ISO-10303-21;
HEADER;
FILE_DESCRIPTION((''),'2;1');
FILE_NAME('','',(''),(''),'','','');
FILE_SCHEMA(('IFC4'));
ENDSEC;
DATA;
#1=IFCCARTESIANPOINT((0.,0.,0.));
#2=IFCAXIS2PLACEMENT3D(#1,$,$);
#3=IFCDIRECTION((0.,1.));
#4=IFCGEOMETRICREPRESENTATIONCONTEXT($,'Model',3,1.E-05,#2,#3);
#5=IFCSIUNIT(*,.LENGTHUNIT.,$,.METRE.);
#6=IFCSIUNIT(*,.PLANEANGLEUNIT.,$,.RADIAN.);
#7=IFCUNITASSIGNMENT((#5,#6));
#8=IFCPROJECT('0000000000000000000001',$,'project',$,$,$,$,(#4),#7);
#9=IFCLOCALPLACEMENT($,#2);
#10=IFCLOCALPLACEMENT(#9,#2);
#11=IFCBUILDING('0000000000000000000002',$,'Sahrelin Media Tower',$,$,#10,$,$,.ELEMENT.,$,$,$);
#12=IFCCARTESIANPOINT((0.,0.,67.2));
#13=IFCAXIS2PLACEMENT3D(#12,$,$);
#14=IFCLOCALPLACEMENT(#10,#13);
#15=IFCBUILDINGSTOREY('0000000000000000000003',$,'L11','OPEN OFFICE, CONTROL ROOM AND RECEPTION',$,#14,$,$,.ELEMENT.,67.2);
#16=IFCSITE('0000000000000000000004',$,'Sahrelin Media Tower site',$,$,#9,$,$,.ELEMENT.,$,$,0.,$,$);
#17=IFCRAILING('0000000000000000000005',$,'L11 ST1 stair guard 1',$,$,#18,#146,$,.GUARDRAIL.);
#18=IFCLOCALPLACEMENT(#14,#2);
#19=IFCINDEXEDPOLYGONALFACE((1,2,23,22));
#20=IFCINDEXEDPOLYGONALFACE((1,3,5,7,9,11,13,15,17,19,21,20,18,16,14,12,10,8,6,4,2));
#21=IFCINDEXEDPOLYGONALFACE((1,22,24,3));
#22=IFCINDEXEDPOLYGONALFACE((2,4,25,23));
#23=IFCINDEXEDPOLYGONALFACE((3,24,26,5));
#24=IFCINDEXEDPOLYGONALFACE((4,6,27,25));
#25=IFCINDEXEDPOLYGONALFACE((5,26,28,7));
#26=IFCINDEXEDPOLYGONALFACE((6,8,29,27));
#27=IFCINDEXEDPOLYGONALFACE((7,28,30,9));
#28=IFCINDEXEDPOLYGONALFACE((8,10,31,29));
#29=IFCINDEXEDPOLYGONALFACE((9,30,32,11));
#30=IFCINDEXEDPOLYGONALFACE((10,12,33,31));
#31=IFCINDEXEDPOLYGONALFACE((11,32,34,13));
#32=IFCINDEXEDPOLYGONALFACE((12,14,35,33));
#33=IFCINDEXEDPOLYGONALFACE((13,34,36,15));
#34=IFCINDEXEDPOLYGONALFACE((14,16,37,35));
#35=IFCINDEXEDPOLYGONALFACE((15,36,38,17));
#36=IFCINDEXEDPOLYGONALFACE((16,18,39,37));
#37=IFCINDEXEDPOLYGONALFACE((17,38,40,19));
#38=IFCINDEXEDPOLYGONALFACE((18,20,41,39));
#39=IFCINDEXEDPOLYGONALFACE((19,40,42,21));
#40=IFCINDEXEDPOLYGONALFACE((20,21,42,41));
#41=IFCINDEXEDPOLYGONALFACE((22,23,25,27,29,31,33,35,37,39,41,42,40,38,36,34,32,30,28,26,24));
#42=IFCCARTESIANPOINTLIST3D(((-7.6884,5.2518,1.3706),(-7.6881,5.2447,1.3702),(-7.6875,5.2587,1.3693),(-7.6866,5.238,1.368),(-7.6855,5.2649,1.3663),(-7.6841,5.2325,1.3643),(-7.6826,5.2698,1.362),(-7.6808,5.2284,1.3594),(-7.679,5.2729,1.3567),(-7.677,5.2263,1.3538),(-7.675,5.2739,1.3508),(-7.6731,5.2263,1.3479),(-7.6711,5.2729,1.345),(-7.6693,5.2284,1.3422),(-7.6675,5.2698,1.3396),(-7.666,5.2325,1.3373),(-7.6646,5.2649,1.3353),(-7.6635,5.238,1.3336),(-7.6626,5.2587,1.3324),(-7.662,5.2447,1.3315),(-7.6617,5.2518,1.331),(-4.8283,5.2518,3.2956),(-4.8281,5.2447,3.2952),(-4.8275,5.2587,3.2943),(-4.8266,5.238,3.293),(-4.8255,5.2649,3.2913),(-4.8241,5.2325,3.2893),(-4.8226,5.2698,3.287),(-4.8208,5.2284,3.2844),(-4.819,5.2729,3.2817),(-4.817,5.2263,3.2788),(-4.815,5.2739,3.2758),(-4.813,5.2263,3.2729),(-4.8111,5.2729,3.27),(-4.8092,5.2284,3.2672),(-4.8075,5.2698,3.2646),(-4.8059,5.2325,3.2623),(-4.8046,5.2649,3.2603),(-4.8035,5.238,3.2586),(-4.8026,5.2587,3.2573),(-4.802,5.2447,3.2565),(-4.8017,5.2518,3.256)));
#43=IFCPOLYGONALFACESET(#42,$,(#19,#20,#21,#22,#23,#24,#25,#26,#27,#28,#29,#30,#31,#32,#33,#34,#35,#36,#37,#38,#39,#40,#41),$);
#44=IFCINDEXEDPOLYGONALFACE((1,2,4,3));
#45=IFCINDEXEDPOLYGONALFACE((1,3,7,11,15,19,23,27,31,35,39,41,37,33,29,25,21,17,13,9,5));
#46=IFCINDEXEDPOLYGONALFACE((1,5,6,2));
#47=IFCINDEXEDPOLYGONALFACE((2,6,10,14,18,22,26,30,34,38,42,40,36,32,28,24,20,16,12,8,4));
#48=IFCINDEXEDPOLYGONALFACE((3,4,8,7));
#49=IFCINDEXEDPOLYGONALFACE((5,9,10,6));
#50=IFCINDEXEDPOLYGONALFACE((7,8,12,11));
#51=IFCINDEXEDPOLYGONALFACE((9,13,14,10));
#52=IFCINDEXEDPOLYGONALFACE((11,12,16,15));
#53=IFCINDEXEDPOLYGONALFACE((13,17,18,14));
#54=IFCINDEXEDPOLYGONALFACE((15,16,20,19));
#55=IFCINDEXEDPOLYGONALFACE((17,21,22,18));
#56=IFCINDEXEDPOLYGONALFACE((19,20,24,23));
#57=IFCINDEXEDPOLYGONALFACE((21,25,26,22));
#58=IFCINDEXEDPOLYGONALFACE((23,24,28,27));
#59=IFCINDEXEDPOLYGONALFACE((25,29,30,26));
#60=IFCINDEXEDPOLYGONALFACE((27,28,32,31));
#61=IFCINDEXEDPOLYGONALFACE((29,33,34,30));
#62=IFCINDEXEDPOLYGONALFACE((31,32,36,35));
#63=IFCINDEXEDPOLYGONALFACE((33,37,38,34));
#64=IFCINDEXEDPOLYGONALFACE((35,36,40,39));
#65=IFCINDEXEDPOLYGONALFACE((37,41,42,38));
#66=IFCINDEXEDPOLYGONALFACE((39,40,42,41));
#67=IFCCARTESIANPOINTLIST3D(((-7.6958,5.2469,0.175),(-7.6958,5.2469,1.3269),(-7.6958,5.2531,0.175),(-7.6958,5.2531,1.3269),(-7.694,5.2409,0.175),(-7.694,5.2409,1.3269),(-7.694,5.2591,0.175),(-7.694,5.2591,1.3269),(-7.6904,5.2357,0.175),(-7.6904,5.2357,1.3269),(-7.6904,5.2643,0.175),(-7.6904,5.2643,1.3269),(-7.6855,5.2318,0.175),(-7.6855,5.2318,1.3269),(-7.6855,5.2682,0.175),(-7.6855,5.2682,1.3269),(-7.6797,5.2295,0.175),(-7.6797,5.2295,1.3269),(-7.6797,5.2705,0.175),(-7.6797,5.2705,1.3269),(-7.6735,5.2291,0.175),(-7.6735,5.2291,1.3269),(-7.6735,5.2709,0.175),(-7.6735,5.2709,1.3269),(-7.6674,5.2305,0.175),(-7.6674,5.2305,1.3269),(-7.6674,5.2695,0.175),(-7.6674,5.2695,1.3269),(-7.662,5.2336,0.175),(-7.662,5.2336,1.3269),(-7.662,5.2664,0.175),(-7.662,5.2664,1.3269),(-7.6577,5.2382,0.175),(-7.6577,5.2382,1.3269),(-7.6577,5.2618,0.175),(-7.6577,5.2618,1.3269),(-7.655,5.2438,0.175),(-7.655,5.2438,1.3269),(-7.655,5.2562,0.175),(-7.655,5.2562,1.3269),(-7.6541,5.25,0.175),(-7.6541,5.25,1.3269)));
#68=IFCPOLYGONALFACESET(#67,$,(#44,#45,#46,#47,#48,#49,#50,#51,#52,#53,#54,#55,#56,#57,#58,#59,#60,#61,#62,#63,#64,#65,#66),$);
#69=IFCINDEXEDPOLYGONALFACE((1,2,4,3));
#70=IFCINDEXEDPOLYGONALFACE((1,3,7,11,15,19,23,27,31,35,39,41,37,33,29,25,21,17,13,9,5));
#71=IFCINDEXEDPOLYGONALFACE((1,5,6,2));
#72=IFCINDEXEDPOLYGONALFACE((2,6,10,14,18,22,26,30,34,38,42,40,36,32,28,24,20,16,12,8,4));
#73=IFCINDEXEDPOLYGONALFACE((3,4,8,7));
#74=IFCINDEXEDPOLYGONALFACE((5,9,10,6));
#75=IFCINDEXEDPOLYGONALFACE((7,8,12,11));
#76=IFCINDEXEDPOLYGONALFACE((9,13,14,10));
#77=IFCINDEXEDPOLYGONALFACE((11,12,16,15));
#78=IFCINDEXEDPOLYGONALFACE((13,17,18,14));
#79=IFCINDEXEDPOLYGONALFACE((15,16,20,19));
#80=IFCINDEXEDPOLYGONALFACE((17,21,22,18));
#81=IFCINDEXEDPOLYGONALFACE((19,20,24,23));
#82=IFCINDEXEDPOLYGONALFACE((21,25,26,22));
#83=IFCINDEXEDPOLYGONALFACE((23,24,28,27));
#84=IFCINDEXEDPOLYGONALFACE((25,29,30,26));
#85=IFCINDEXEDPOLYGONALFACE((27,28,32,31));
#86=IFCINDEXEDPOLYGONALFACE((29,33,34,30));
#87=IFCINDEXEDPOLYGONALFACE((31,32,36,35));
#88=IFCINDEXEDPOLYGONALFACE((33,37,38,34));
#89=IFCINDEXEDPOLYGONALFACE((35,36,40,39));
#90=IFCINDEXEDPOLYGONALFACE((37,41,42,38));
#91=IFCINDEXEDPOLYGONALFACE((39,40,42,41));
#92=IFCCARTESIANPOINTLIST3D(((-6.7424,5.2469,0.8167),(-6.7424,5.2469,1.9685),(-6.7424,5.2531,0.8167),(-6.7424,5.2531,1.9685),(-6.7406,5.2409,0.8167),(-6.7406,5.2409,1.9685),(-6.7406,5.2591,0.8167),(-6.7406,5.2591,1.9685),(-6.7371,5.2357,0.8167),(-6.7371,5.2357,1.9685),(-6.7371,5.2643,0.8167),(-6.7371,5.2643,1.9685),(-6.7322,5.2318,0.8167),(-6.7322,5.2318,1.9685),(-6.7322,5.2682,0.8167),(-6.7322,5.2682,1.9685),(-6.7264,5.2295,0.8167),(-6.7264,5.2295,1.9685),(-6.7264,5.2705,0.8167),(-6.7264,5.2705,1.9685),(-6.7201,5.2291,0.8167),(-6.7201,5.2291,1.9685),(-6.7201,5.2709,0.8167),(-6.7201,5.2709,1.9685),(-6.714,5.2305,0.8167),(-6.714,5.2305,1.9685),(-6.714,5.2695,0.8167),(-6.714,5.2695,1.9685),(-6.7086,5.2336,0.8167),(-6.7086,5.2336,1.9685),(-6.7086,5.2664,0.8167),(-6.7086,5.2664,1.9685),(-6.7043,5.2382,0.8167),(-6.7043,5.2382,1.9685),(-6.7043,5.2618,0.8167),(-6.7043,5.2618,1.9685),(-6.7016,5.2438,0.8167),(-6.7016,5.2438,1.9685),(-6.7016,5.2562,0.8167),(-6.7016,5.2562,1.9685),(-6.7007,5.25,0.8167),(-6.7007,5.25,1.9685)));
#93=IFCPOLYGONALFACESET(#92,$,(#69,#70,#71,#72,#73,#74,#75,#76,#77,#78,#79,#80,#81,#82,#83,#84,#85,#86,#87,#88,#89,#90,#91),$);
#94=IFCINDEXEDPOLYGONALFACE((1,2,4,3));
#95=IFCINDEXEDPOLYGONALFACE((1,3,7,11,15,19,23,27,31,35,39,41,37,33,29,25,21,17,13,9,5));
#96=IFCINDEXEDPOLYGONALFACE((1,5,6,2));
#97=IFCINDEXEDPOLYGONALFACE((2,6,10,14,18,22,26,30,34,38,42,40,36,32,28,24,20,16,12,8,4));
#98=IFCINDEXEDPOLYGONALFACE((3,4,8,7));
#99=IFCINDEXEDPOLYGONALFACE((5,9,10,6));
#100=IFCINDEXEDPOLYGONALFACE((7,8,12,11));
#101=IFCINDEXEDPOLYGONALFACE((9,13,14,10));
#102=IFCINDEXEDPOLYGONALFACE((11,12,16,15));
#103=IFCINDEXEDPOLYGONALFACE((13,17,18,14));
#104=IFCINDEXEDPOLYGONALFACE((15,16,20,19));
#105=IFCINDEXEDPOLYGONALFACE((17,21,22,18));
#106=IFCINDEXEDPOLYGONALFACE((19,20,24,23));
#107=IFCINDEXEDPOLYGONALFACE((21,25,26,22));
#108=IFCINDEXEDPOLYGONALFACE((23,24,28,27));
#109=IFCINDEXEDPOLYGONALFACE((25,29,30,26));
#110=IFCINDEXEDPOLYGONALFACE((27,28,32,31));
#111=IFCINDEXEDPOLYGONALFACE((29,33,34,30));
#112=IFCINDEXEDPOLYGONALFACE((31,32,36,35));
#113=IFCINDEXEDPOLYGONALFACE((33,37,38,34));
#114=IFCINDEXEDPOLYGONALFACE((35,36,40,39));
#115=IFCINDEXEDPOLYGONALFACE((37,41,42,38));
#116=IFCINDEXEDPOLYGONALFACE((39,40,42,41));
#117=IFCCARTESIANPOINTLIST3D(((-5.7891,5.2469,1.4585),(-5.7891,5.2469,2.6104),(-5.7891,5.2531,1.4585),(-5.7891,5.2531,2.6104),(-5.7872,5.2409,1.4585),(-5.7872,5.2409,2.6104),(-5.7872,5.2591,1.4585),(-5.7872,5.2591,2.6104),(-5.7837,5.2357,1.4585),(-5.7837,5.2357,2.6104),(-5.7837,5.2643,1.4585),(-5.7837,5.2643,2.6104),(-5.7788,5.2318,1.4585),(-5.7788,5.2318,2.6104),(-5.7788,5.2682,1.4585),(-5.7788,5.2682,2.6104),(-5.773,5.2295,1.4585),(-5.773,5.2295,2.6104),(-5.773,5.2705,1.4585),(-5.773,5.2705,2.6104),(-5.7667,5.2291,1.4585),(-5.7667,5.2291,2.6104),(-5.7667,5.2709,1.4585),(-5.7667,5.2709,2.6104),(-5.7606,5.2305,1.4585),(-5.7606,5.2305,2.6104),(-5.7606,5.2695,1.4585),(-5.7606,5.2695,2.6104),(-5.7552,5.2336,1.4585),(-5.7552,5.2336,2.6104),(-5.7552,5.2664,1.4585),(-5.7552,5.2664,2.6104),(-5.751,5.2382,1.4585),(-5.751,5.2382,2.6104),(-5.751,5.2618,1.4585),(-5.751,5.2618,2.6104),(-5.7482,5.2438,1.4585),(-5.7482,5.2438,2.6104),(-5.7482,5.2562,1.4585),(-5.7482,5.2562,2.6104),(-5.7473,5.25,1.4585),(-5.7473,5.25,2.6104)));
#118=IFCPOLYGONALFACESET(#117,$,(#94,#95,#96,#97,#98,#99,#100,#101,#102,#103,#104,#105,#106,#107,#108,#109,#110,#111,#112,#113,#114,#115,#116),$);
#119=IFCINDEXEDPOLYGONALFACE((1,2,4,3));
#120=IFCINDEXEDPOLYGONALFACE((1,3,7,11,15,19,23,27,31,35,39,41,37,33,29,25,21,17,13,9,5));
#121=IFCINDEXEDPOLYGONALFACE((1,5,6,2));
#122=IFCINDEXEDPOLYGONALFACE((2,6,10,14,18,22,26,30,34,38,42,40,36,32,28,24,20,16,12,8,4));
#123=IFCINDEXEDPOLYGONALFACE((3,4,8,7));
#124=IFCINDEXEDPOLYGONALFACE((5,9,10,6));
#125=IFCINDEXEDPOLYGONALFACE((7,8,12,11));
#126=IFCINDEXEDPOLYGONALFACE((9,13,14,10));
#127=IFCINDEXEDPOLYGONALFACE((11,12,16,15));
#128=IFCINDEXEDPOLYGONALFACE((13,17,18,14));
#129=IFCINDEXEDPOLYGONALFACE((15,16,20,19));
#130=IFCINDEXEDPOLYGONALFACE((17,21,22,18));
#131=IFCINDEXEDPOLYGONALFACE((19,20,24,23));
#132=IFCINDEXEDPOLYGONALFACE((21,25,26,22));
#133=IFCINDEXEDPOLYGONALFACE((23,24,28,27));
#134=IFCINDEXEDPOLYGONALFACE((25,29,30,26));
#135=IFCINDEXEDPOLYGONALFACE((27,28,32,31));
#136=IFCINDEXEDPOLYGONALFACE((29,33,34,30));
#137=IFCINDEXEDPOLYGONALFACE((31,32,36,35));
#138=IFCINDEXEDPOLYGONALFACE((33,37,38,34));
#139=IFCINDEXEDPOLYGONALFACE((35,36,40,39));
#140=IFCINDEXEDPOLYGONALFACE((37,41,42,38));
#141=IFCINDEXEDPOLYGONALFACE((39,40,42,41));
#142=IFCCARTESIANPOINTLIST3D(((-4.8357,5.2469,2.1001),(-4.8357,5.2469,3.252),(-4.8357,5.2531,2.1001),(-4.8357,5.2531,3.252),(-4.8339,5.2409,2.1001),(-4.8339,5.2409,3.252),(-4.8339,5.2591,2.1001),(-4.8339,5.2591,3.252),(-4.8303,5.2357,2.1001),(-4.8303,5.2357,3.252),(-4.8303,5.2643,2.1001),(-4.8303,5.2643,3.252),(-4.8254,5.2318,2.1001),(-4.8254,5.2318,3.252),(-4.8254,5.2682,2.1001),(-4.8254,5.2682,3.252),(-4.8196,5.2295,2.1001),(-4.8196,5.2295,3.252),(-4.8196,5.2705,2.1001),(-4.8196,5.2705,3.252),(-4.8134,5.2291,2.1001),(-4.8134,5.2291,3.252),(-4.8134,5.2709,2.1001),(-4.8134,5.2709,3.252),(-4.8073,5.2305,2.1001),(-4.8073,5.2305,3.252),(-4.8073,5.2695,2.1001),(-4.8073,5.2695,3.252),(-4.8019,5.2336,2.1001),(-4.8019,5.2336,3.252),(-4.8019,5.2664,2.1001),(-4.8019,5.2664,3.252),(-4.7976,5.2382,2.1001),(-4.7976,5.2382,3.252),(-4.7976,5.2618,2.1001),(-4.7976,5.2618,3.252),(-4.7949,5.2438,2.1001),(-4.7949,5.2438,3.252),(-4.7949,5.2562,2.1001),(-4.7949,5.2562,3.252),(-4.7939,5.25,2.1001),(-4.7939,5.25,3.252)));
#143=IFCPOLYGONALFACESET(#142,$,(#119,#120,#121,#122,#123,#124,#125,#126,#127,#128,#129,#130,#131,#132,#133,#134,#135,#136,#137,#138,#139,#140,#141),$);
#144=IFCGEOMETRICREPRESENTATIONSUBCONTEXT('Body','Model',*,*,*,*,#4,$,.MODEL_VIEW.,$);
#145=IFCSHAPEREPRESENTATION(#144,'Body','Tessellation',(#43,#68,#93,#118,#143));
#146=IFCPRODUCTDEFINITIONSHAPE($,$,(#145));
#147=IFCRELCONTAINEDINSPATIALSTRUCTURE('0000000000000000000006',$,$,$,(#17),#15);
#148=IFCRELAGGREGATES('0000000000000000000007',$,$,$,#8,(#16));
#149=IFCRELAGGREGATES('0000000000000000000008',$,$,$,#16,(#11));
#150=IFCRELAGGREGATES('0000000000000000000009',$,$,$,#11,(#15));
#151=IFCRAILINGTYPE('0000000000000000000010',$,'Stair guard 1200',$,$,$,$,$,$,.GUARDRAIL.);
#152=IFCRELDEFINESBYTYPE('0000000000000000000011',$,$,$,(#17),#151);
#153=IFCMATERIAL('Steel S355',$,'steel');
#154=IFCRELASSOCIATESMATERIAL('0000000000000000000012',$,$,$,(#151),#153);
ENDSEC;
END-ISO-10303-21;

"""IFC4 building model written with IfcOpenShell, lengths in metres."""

from ifc_helpers import new_model, si_unit, direction, frame, origin, origin_2d, place, context, subcontext, project, spatial, circle, extrude, material, type_object, element, save


model = new_model("IFC4")

# Units and contexts
model_context = context("Model", 3, precision=1e-05, world=origin(), true_north=direction((0.0, 1.0)))
body_context = subcontext(model_context, "Body", "Model", "MODEL_VIEW")
ifc_project = project(units=[si_unit("LENGTHUNIT", "METRE"), si_unit("PLANEANGLEUNIT", "RADIAN")], contexts=[model_context])

# Site, building, storey
site_placement = place(None, origin())
site = spatial("IfcSite", under=ifc_project, at=site_placement, Name="Sahrelin Media Tower site", CompositionType="ELEMENT", RefElevation=0.0)
building_placement = place(site_placement, origin())
building = spatial("IfcBuilding", under=site, at=building_placement, Name="Sahrelin Media Tower", CompositionType="ELEMENT")
storey_placement = place(building_placement, frame((0.0, 0.0, 67.2)))
storey = spatial("IfcBuildingStorey", under=building, at=storey_placement, Name="L11", Description="OPEN OFFICE, CONTROL ROOM AND RECEPTION", CompositionType="ELEMENT", Elevation=67.2)

# Shared definitions
ifc_material_1 = material(Name="Steel S355", Category="steel")

# Railing
railing_type_1 = type_object("IfcRailingType", Name="Stair guard 1200", PredefinedType="GUARDRAIL", material=ifc_material_1)
railing_1_placement = place(storey_placement, frame((-7.675, 5.25, 0.175)))
element("IfcRailing", 1, at=railing_1_placement, inside=storey, type_object=railing_type_1, Name="L11 ST1 stair guard 1", PredefinedType="GUARDRAIL", context=body_context, shape_type="SweptSolid", body=[
    extrude(circle(Radius=0.0239, at=origin_2d()), frame((0.0, 0.0, 1.1758), z_axis=(0.829591, 0.0, 0.558372), x_axis=(0.0, 1.0, 0.0)), (0.0, 0.0, 1.0), 3.4475),
    extrude(circle(Radius=0.021, at=origin_2d()), origin(), (0.0, 0.0, 1.0), 1.1519),
    extrude(circle(Radius=0.021, at=origin_2d()), frame((0.9534, 0.0, 0.6416)), (0.0, 0.0, 1.0), 1.1519),
    extrude(circle(Radius=0.021, at=origin_2d()), frame((1.9067, 0.0, 1.2834)), (0.0, 0.0, 1.0), 1.1519),
    extrude(circle(Radius=0.021, at=origin_2d()), frame((2.8601, 0.0, 1.925)), (0.0, 0.0, 1.0), 1.1519),
])

save(model, "model.ifc")
